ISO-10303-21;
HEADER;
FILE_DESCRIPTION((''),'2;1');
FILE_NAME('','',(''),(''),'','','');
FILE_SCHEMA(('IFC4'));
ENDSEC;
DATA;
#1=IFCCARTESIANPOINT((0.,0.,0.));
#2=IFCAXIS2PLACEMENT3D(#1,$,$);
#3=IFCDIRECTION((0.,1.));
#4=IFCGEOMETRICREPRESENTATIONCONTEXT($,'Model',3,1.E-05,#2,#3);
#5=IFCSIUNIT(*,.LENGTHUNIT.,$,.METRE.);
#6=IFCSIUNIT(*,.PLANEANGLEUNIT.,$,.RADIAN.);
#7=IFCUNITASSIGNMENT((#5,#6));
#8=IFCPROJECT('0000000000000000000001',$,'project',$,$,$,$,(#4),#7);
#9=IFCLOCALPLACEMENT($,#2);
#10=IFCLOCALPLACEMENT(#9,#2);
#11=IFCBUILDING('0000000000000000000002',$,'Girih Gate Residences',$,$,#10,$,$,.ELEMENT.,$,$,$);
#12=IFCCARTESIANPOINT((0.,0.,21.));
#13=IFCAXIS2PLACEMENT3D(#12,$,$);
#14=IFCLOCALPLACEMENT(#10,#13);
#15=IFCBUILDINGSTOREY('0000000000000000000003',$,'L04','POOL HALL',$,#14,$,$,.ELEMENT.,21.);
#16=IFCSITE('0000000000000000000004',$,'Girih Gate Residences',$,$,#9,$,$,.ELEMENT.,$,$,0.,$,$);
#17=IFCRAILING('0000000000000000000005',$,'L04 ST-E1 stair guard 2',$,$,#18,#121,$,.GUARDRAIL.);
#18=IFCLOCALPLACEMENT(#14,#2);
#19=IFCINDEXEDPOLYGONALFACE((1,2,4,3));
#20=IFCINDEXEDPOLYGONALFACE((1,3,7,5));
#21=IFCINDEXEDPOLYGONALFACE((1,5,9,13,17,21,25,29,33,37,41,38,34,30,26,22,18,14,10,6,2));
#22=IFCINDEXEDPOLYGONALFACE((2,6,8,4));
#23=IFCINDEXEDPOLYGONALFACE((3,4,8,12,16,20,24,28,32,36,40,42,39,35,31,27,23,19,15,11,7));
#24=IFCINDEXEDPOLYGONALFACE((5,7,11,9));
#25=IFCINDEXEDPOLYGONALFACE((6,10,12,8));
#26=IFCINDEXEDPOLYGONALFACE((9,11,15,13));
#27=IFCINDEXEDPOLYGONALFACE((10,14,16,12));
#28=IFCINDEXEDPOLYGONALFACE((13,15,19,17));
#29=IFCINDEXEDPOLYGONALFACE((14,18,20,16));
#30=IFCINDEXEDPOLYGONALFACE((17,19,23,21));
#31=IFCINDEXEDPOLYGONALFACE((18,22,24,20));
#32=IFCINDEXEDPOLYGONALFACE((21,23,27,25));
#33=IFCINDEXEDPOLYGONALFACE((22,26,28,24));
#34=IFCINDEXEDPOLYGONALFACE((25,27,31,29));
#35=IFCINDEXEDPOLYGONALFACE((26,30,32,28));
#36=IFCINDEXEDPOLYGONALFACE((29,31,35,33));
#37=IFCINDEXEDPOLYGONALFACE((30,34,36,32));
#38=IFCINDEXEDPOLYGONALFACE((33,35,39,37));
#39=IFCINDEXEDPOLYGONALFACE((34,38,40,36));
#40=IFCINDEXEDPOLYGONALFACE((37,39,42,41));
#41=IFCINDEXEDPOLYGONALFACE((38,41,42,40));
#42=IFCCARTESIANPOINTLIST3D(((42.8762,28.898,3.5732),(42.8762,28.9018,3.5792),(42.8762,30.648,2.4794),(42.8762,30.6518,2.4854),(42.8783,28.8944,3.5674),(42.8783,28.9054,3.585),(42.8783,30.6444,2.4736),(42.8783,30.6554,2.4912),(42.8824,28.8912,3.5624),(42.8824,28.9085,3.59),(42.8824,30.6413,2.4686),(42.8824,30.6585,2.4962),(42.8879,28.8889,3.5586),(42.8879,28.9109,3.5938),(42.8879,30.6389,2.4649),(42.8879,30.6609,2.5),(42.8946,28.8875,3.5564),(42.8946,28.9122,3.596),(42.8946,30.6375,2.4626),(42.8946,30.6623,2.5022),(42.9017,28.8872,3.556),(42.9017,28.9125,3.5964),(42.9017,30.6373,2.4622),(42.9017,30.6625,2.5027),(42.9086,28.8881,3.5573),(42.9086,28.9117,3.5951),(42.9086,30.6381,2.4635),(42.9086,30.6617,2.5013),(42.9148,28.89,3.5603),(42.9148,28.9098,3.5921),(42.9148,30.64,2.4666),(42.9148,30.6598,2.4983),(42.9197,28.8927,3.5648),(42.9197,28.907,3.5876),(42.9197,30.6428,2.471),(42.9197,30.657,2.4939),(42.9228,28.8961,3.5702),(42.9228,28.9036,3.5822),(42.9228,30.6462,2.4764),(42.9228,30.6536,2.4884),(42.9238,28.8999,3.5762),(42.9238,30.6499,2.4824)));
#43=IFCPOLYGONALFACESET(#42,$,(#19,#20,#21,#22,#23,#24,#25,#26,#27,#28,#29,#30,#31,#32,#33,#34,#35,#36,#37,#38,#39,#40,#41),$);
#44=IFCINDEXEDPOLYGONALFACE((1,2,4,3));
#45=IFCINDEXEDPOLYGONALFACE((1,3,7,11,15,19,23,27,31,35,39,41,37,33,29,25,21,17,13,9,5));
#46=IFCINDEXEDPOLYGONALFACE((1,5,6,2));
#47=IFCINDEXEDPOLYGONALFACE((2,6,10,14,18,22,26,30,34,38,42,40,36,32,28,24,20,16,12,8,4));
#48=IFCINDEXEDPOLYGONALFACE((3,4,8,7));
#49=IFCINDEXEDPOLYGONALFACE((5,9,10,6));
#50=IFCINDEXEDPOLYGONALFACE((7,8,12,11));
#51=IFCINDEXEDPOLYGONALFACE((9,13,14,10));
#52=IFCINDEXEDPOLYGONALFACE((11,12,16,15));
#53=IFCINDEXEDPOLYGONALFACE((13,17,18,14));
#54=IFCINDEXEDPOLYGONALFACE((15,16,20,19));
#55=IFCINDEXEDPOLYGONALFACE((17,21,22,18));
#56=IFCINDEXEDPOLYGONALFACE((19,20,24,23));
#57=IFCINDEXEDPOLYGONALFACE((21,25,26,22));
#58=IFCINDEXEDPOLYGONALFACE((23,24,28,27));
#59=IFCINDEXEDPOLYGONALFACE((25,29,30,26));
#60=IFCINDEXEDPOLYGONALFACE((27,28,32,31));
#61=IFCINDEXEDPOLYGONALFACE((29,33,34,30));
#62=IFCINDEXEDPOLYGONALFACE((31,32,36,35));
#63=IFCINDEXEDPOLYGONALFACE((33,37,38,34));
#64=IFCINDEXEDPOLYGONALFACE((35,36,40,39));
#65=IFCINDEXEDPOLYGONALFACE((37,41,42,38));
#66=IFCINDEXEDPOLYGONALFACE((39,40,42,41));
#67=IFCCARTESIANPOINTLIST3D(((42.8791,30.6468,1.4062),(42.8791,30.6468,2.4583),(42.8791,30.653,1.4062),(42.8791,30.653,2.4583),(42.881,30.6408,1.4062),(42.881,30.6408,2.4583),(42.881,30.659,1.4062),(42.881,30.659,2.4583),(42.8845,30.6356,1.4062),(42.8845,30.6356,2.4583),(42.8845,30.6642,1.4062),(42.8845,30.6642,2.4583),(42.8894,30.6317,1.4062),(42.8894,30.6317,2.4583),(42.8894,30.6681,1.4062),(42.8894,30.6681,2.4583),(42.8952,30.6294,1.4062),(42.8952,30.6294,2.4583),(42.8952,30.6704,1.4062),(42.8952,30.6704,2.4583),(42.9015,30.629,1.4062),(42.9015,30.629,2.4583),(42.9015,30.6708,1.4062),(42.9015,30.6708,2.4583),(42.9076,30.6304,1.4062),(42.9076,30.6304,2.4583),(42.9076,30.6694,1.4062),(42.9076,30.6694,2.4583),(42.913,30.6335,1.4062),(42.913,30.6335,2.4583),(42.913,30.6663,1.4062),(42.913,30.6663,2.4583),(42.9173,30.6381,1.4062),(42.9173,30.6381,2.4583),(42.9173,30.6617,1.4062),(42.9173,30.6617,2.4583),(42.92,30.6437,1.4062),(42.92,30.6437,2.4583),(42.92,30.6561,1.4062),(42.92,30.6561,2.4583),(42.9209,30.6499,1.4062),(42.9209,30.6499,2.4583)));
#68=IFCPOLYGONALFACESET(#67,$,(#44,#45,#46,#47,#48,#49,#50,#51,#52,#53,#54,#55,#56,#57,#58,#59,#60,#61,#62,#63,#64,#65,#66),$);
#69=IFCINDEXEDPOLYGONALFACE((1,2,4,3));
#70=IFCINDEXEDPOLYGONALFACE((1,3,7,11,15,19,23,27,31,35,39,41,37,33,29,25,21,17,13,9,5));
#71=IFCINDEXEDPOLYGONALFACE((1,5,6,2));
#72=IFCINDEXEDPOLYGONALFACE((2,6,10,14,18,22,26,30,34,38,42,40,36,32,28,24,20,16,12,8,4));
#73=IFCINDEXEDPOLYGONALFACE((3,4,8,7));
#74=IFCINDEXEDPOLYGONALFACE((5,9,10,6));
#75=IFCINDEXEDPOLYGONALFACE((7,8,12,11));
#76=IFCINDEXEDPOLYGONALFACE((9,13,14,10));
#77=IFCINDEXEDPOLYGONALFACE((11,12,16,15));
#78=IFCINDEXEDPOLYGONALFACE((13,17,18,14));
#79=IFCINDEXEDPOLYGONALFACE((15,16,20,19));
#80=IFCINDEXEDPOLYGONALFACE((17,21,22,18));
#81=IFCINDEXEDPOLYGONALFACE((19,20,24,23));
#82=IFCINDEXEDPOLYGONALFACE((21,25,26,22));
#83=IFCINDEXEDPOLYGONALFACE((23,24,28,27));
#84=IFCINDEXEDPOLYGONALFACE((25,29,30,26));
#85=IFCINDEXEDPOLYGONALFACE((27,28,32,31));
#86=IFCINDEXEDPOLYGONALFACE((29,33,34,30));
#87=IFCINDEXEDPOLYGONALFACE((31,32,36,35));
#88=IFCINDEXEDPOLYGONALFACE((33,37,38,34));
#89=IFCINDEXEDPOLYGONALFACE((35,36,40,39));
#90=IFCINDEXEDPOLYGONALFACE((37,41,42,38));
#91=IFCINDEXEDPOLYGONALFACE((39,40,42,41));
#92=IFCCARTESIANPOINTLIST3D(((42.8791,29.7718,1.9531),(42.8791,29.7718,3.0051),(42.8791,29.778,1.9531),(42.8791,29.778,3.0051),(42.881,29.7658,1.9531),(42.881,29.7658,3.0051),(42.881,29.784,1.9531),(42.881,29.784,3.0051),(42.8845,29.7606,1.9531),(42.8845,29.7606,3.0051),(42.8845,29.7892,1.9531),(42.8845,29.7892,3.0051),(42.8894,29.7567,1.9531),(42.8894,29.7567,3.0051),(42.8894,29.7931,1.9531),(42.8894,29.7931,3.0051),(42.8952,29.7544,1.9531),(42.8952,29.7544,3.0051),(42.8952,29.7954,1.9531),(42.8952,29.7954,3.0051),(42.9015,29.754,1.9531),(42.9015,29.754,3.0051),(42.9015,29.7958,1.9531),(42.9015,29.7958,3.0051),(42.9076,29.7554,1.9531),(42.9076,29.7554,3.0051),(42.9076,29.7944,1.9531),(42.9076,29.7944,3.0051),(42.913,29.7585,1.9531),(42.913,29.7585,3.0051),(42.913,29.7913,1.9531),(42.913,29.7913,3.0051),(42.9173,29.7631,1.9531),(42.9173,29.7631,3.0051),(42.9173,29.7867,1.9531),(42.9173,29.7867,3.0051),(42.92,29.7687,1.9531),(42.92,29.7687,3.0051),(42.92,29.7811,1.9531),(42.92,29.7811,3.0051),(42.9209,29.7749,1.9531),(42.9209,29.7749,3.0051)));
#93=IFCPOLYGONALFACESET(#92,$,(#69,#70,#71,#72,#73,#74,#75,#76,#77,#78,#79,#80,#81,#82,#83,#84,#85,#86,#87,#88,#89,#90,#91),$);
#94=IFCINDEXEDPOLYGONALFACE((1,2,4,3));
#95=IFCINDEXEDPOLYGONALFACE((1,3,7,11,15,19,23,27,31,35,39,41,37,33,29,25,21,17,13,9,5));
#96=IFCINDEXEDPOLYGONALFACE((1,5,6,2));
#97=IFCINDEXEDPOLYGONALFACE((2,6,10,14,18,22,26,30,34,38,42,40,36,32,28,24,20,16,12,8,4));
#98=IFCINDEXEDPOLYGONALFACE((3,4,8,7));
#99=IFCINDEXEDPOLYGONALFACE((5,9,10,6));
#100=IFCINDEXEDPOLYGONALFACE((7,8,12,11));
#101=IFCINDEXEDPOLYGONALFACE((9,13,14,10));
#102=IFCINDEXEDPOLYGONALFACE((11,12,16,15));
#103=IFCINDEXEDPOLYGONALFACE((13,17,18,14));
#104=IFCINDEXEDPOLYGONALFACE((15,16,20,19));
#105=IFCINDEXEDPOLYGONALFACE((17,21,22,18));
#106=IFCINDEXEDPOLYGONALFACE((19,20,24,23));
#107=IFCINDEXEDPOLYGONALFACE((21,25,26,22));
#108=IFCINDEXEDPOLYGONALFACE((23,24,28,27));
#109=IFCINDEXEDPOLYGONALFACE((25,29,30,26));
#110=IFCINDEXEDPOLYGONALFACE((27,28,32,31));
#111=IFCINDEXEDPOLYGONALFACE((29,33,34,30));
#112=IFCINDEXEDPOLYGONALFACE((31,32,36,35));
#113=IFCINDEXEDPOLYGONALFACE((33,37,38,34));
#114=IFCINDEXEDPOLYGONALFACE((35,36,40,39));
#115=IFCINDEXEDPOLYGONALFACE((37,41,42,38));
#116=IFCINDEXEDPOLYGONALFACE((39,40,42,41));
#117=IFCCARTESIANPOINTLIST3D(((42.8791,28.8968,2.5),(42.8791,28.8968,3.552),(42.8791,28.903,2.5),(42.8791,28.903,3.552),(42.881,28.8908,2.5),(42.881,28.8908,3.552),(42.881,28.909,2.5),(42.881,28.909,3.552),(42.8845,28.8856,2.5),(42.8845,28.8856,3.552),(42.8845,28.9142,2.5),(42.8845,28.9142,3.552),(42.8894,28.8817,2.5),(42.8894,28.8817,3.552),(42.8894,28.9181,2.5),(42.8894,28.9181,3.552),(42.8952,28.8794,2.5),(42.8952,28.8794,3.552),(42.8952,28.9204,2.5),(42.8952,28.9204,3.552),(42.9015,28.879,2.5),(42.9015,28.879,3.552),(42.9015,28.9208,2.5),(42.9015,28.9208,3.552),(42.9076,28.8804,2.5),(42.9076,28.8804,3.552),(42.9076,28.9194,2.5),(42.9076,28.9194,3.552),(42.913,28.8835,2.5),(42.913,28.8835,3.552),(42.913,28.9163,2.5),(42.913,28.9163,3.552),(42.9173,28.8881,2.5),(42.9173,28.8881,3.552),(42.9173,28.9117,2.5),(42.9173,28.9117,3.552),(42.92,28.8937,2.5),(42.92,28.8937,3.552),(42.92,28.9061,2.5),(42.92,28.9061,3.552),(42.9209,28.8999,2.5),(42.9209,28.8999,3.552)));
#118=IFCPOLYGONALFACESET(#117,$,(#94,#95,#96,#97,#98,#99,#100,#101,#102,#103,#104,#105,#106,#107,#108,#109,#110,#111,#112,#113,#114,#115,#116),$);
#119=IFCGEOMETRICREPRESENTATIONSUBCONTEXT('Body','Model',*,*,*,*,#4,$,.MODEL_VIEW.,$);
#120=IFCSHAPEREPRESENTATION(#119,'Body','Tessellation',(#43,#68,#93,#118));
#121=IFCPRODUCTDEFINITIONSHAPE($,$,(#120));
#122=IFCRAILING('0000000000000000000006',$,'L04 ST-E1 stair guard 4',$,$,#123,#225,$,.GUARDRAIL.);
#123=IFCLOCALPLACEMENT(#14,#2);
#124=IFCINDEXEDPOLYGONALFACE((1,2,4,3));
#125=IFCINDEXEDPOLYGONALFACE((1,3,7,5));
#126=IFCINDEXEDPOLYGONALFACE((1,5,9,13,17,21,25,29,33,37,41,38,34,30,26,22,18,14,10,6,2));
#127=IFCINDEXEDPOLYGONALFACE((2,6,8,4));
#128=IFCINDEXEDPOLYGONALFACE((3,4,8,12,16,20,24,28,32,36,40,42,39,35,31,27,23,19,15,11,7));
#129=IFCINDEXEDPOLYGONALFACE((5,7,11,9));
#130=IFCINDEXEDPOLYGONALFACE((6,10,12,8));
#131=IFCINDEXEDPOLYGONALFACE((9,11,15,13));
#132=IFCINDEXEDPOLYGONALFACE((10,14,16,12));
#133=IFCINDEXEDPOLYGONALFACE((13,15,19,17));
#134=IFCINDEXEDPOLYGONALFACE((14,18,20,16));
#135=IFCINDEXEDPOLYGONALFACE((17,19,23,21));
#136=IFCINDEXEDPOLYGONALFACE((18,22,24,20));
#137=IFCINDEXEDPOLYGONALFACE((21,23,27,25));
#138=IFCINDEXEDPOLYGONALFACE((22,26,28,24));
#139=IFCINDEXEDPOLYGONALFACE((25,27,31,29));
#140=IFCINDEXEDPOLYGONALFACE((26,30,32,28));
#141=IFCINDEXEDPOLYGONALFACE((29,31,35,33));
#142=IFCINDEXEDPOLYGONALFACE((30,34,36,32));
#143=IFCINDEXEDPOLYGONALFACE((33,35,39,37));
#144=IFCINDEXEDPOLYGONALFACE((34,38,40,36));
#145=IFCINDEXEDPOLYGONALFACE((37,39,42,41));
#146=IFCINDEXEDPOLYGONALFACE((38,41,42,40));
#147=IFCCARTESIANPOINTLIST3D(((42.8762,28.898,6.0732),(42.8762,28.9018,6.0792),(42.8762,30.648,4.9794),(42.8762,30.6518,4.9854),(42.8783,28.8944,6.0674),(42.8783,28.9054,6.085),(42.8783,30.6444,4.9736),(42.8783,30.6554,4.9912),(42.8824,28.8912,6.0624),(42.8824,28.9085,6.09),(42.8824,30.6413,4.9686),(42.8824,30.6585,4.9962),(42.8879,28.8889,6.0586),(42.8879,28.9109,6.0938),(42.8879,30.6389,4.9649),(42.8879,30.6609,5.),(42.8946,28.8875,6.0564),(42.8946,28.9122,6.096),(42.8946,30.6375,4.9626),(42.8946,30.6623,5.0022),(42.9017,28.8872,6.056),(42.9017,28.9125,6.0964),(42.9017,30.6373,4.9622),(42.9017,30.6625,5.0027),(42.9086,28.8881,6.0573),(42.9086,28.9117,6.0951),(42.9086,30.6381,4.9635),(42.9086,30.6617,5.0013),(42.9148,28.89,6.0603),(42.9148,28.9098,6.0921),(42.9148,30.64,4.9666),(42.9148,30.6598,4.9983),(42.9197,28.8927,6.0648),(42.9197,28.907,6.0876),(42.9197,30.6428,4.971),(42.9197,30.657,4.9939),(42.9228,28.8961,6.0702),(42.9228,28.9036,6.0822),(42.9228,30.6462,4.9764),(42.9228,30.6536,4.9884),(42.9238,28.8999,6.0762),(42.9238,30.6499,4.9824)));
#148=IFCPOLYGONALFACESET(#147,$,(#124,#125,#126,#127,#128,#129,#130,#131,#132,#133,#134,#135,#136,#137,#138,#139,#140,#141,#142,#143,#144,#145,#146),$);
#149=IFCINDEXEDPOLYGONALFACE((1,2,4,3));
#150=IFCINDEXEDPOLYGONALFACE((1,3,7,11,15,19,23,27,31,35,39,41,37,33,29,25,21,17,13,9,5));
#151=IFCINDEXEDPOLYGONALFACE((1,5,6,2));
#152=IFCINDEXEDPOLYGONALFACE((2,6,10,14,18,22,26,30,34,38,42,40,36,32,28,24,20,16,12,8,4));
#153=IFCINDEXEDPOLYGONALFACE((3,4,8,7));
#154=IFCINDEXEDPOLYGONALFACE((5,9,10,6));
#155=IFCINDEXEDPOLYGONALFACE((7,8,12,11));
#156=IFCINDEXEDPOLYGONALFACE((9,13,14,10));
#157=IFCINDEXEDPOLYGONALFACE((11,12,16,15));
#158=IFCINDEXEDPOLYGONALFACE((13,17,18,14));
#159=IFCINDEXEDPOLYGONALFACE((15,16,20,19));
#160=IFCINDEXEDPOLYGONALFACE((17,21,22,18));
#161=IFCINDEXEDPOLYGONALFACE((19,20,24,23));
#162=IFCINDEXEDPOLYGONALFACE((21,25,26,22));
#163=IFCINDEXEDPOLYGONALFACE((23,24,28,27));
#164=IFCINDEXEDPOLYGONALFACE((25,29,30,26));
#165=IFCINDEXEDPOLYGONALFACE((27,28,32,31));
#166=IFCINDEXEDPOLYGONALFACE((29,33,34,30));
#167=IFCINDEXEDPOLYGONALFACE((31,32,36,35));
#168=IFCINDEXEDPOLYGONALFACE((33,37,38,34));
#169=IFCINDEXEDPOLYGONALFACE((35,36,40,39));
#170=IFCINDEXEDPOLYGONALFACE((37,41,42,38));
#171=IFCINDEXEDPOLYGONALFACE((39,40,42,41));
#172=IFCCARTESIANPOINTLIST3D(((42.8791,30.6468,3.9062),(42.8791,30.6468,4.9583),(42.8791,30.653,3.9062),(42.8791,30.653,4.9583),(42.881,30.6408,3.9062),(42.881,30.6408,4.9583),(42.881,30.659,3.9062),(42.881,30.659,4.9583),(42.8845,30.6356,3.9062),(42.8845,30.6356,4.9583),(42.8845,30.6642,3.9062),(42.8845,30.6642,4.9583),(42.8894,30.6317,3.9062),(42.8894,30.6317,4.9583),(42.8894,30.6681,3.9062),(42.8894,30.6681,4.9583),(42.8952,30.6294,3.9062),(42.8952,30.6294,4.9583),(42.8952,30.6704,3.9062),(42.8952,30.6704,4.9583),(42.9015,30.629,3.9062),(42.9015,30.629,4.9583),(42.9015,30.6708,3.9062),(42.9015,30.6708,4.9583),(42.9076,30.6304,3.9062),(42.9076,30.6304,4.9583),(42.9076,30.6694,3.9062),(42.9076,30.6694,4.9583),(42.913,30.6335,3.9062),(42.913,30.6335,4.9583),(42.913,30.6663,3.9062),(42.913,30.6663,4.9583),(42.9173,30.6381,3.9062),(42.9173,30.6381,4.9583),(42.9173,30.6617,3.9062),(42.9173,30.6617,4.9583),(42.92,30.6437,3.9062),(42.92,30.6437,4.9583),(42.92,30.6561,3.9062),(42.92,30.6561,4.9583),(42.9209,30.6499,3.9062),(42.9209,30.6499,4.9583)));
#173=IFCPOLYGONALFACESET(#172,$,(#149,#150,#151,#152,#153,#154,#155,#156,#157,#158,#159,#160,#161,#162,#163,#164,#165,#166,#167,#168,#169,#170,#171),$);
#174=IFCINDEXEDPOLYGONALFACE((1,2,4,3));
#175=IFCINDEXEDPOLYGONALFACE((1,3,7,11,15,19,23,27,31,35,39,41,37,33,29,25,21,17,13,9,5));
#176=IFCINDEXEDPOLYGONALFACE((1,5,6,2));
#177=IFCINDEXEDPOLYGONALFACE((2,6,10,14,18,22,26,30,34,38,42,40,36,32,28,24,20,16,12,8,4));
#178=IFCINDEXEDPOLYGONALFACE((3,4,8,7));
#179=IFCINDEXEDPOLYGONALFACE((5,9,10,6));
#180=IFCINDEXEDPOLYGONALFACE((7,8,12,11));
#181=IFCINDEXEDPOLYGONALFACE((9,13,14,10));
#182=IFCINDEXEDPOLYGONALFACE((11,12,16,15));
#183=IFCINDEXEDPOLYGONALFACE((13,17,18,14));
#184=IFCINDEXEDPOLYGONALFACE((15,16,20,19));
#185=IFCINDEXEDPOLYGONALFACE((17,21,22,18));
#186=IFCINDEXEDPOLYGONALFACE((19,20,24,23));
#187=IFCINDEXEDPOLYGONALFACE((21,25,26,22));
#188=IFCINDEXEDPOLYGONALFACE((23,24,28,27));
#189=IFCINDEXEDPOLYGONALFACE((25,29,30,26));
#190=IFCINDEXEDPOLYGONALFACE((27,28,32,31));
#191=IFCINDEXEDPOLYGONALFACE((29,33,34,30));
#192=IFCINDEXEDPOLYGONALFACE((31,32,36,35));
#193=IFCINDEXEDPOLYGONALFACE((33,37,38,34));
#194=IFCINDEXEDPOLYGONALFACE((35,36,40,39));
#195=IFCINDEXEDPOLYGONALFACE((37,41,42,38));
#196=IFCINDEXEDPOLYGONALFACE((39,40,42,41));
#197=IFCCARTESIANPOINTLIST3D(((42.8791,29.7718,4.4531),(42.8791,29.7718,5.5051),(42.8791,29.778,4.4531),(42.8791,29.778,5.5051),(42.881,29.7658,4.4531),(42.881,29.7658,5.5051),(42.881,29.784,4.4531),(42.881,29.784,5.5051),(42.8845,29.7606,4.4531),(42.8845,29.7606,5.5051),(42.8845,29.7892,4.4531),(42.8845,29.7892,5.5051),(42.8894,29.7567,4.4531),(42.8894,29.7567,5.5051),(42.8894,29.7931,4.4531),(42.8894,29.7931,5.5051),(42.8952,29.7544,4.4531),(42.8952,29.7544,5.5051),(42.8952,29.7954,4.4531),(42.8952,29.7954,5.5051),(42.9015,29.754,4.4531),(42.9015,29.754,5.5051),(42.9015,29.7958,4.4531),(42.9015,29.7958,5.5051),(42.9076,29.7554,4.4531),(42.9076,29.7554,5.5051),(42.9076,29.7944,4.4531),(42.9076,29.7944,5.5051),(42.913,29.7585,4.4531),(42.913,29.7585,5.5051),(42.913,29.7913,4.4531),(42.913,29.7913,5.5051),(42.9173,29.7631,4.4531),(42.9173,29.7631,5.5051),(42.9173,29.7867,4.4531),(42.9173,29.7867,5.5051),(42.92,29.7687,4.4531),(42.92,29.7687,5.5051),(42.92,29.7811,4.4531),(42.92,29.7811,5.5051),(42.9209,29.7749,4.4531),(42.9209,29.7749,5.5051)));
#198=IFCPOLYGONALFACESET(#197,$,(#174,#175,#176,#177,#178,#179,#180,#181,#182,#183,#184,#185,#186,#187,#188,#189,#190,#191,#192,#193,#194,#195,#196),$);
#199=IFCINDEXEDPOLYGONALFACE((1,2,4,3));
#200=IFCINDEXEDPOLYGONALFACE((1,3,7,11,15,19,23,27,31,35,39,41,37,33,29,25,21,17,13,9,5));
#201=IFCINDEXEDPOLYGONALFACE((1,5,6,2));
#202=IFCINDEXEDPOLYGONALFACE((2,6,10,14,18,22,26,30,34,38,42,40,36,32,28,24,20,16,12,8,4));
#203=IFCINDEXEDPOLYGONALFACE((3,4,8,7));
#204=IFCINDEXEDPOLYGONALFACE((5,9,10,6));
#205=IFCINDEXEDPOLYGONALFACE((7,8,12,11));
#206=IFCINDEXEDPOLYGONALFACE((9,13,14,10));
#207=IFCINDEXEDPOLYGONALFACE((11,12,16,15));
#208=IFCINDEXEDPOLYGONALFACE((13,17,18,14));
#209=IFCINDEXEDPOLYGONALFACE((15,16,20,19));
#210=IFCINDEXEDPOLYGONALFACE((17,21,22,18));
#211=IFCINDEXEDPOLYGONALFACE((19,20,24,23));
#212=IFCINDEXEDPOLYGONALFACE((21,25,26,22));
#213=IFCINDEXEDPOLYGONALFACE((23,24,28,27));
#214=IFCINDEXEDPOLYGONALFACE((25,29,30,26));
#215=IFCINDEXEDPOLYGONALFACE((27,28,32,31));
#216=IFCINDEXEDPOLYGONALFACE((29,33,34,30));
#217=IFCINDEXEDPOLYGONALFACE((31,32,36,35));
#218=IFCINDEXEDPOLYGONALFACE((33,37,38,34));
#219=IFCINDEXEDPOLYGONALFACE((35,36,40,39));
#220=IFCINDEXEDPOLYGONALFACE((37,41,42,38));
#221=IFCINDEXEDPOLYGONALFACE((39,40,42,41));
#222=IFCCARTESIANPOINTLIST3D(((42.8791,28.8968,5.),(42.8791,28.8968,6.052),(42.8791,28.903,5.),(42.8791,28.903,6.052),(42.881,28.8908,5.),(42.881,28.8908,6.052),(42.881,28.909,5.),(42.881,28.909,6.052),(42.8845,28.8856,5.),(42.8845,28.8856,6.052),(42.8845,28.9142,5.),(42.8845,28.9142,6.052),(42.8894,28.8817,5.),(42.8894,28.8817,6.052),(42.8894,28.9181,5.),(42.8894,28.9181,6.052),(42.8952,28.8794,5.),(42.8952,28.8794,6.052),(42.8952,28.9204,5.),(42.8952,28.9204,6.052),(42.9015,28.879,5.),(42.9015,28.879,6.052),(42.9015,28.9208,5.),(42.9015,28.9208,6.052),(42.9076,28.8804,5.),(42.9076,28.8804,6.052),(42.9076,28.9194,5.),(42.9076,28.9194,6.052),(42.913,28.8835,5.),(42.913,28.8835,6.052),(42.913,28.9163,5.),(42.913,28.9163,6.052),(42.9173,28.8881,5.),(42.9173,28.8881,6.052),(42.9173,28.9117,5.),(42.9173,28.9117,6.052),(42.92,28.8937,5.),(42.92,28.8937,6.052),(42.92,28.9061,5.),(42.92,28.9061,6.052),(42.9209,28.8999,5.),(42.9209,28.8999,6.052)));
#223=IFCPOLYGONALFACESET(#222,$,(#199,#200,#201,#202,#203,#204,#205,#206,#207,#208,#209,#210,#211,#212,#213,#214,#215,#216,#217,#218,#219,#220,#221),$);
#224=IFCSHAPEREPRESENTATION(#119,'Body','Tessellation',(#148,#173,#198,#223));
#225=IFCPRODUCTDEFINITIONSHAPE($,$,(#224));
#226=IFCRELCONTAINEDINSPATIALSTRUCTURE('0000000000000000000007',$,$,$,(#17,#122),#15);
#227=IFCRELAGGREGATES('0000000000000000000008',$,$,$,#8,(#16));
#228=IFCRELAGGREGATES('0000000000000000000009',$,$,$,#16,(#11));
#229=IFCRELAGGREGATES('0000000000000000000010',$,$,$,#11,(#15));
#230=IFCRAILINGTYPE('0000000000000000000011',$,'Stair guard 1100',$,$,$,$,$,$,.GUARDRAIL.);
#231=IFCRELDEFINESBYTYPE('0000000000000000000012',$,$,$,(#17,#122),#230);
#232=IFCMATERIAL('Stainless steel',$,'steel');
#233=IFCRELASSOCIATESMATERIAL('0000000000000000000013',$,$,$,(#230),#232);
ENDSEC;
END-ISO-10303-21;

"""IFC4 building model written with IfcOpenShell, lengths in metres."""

from ifc_helpers import new_model, si_unit, direction, frame, origin, origin_2d, place, context, subcontext, project, spatial, circle, extrude, material, type_object, element, save


model = new_model("IFC4")

# Units and contexts
model_context = context("Model", 3, precision=1e-05, world=origin(), true_north=direction((0.0, 1.0)))
body_context = subcontext(model_context, "Body", "Model", "MODEL_VIEW")
ifc_project = project(units=[si_unit("LENGTHUNIT", "METRE"), si_unit("PLANEANGLEUNIT", "RADIAN")], contexts=[model_context])

# Site, building, storey
site_placement = place(None, origin())
site = spatial("IfcSite", under=ifc_project, at=site_placement, Name="Girih Gate Residences", CompositionType="ELEMENT", RefElevation=0.0)
building_placement = place(site_placement, origin())
building = spatial("IfcBuilding", under=site, at=building_placement, Name="Girih Gate Residences", CompositionType="ELEMENT")
storey_placement = place(building_placement, frame((0.0, 0.0, 21.0)))
storey = spatial("IfcBuildingStorey", under=building, at=storey_placement, Name="L04", Description="POOL HALL", CompositionType="ELEMENT", Elevation=21.0)

# Railings
ifc_material_1 = material(Name="Stainless steel", Category="steel")
railing_type_1 = type_object("IfcRailingType", Name="Stair guard 1100", PredefinedType="GUARDRAIL", material=ifc_material_1)
for number, where, name in (
    (1, (42.8999, 30.6499, 1.4062), "L04 ST-E1 stair guard 2"),
    (2, (42.8999, 30.6499, 3.9062), "L04 ST-E1 stair guard 4"),
):
    element("IfcRailing", number, at=place(storey_placement, frame(where)), inside=storey, type_object=railing_type_1, Name=name, PredefinedType="GUARDRAIL", context=body_context, shape_type="SweptSolid", body=[
        extrude(circle(Radius=0.0239, at=origin_2d()), frame((0.0, 0.0, 1.0762), z_axis=(0.0, -0.847998, 0.529999), x_axis=(1.0, 0.0, 0.0)), (0.0, 0.0, 1.0), 2.0637),
        extrude(circle(Radius=0.021, at=origin_2d()), origin(), (0.0, 0.0, 1.0), 1.052),
        extrude(circle(Radius=0.021, at=origin_2d()), frame((0.0, -0.875, 0.5469)), (0.0, 0.0, 1.0), 1.052),
        extrude(circle(Radius=0.021, at=origin_2d()), frame((0.0, -1.75, 1.0938)), (0.0, 0.0, 1.0), 1.052),
    ])

save(model, "model.ifc")
